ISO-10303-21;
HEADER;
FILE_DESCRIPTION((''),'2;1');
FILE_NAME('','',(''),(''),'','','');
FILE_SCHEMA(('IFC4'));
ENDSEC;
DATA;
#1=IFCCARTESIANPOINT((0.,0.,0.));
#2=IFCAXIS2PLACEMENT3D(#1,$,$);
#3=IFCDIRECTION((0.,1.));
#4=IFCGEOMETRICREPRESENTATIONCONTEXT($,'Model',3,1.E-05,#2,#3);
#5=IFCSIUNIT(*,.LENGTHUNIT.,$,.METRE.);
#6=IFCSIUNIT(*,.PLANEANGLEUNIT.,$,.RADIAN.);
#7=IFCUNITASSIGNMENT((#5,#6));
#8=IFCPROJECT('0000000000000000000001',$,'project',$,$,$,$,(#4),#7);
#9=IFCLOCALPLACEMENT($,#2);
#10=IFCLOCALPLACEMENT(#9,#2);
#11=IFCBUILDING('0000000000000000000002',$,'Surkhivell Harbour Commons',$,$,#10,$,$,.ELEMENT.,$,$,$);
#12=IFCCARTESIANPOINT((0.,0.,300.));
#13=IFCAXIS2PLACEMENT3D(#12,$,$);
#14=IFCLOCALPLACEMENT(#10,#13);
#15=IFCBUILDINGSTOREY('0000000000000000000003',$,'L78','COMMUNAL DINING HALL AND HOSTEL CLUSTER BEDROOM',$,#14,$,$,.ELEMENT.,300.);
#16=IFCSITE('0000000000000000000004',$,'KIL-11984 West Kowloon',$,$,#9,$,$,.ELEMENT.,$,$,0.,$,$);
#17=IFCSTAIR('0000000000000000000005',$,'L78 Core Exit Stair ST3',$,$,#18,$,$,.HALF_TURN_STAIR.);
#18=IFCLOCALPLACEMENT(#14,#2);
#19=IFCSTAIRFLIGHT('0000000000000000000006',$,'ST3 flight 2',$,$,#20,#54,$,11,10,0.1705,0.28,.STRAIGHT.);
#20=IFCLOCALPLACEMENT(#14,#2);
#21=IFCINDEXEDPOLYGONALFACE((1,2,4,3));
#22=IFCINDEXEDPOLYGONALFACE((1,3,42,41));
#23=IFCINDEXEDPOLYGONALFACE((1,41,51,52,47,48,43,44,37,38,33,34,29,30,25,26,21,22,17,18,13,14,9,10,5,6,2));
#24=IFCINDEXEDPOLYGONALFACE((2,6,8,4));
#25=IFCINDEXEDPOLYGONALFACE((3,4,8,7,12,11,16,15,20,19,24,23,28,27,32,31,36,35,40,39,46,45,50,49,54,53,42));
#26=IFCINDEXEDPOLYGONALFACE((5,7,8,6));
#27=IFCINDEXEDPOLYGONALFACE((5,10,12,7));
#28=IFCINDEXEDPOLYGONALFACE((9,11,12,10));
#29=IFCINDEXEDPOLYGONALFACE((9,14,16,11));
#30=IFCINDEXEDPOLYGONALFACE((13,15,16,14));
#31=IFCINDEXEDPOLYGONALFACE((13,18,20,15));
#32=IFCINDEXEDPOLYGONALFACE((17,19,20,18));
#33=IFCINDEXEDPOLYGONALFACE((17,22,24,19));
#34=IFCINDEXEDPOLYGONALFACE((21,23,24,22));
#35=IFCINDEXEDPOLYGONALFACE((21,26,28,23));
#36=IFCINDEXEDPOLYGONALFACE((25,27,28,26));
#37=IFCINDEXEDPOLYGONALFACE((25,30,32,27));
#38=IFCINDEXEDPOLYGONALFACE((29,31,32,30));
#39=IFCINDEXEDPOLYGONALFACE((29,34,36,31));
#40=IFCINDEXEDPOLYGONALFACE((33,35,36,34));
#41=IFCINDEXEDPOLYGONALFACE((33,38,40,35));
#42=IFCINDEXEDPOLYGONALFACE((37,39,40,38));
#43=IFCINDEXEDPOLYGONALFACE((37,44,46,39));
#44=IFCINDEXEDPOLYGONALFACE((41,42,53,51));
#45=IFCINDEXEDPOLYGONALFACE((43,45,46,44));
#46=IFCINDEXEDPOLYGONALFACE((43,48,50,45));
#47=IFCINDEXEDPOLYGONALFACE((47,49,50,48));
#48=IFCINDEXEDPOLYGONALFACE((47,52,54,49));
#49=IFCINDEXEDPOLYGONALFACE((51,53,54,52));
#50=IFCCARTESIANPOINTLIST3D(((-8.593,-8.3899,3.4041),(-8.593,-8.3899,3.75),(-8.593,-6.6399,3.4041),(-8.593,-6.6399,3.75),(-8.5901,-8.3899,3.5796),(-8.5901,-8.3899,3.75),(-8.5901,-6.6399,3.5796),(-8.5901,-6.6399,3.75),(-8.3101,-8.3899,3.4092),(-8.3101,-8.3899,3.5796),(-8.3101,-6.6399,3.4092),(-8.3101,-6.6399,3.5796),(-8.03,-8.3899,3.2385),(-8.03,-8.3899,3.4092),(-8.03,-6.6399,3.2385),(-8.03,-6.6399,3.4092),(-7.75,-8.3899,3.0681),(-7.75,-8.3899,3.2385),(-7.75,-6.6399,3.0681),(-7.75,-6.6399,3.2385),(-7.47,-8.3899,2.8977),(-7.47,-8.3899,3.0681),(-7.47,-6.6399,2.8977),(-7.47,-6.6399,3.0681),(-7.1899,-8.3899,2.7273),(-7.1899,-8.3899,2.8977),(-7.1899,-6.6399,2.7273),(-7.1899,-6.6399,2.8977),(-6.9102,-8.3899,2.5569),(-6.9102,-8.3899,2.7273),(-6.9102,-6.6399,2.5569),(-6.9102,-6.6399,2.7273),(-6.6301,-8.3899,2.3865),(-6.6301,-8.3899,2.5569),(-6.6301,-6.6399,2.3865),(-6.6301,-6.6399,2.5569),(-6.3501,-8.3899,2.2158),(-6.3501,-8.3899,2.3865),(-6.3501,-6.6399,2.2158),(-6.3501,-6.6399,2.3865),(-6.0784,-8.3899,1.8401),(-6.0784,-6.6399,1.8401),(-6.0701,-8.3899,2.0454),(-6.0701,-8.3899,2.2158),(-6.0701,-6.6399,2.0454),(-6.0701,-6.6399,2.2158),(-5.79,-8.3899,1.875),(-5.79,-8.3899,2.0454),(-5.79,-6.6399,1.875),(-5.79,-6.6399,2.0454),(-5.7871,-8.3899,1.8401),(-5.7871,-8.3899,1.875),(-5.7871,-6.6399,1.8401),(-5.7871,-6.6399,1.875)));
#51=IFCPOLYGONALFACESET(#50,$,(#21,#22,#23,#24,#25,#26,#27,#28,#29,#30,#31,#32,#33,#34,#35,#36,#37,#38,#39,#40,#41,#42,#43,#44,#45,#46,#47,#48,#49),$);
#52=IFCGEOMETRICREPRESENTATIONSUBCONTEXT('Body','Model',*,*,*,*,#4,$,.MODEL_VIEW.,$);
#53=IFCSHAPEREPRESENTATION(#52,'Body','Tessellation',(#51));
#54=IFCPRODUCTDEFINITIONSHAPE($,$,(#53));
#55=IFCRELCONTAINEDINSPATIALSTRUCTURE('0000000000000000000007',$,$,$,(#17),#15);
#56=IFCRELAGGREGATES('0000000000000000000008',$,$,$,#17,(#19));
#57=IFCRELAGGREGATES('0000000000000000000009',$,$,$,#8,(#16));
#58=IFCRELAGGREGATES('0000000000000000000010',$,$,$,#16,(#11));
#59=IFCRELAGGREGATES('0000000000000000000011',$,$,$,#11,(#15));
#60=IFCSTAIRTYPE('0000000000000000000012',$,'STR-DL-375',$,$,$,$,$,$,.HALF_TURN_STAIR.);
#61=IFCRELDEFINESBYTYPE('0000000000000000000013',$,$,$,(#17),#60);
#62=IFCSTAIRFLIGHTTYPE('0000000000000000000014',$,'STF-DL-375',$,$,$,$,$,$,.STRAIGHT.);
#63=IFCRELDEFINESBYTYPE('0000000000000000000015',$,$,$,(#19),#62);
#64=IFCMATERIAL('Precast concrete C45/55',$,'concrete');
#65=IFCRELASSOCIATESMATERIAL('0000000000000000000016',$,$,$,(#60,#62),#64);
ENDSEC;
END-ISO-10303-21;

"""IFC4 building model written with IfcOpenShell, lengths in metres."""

from ifc_helpers import new_model, si_unit, direction, frame, origin, place, context, subcontext, project, spatial, polyline, outline, extrude, material, type_object, element, aggregate, save


model = new_model("IFC4")

# Units and contexts
model_context = context("Model", 3, precision=1e-05, world=origin(), true_north=direction((0.0, 1.0)))
body_context = subcontext(model_context, "Body", "Model", "MODEL_VIEW")
ifc_project = project(units=[si_unit("LENGTHUNIT", "METRE"), si_unit("PLANEANGLEUNIT", "RADIAN")], contexts=[model_context])

# Site, building, storey
site_placement = place(None, origin())
site = spatial("IfcSite", under=ifc_project, at=site_placement, Name="KIL-11984 West Kowloon", CompositionType="ELEMENT", RefElevation=0.0)
building_placement = place(site_placement, origin())
building = spatial("IfcBuilding", under=site, at=building_placement, Name="Surkhivell Harbour Commons", CompositionType="ELEMENT")
storey_placement = place(building_placement, frame((0.0, 0.0, 300.0)))
storey = spatial("IfcBuildingStorey", under=building, at=storey_placement, Name="L78", Description="COMMUNAL DINING HALL AND HOSTEL CLUSTER BEDROOM", CompositionType="ELEMENT", Elevation=300.0)

# Stair, stair flight
ifc_material_1 = material(Name="Precast concrete C45/55", Category="concrete")
stair_type = type_object("IfcStairType", Name="STR-DL-375", PredefinedType="HALF_TURN_STAIR", material=ifc_material_1)
stair_placement = place(storey_placement, origin())
stair = element("IfcStair", 1, at=stair_placement, inside=storey, type_object=stair_type, Name="L78 Core Exit Stair ST3", PredefinedType="HALF_TURN_STAIR")
stair_flight_type = type_object("IfcStairFlightType", Name="STF-DL-375", PredefinedType="STRAIGHT", material=ifc_material_1)
stair_flight_placement = place(storey_placement, frame((-5.79, -7.5149, 1.875), z_axis=(0.0, 0.0, 1.0), x_axis=(-1.0, 0.0, 0.0)))
stair_flight = element("IfcStairFlight", 2, at=stair_flight_placement, type_object=stair_flight_type, Name="ST3 flight 2", NumberOfRisers=11, NumberOfTreads=10, PredefinedType="STRAIGHT", RiserHeight=0.1705, TreadLength=0.28, context=body_context, shape_type="SweptSolid", body=[
    extrude(outline(polyline([(-0.0029, -0.0349), (-0.0029, 0.0), (0.0, 0.0), (0.0, 0.1704), (0.28, 0.1704), (0.28, 0.3408), (0.5601, 0.3408), (0.5601, 0.5115), (0.8401, 0.5115), (0.8401, 0.6819), (1.1201, 0.6819), (1.1201, 0.8523), (1.3999, 0.8523), (1.3999, 1.0227), (1.6799, 1.0227), (1.6799, 1.1931), (1.96, 1.1931), (1.96, 1.3635), (2.24, 1.3635), (2.24, 1.5342), (2.52, 1.5342), (2.52, 1.7046), (2.8, 1.7046), (2.8, 1.875), (2.803, 1.875), (2.803, 1.5291), (0.2883, -0.0349), (-0.0029, -0.0349)])), frame((0.0, 0.875, 0.0), z_axis=(0.0, -1.0, 0.0), x_axis=(1.0, 0.0, 0.0)), (0.0, 0.0, 1.0), 1.75),
])
aggregate(stair, [stair_flight])

save(model, "model.ifc")
